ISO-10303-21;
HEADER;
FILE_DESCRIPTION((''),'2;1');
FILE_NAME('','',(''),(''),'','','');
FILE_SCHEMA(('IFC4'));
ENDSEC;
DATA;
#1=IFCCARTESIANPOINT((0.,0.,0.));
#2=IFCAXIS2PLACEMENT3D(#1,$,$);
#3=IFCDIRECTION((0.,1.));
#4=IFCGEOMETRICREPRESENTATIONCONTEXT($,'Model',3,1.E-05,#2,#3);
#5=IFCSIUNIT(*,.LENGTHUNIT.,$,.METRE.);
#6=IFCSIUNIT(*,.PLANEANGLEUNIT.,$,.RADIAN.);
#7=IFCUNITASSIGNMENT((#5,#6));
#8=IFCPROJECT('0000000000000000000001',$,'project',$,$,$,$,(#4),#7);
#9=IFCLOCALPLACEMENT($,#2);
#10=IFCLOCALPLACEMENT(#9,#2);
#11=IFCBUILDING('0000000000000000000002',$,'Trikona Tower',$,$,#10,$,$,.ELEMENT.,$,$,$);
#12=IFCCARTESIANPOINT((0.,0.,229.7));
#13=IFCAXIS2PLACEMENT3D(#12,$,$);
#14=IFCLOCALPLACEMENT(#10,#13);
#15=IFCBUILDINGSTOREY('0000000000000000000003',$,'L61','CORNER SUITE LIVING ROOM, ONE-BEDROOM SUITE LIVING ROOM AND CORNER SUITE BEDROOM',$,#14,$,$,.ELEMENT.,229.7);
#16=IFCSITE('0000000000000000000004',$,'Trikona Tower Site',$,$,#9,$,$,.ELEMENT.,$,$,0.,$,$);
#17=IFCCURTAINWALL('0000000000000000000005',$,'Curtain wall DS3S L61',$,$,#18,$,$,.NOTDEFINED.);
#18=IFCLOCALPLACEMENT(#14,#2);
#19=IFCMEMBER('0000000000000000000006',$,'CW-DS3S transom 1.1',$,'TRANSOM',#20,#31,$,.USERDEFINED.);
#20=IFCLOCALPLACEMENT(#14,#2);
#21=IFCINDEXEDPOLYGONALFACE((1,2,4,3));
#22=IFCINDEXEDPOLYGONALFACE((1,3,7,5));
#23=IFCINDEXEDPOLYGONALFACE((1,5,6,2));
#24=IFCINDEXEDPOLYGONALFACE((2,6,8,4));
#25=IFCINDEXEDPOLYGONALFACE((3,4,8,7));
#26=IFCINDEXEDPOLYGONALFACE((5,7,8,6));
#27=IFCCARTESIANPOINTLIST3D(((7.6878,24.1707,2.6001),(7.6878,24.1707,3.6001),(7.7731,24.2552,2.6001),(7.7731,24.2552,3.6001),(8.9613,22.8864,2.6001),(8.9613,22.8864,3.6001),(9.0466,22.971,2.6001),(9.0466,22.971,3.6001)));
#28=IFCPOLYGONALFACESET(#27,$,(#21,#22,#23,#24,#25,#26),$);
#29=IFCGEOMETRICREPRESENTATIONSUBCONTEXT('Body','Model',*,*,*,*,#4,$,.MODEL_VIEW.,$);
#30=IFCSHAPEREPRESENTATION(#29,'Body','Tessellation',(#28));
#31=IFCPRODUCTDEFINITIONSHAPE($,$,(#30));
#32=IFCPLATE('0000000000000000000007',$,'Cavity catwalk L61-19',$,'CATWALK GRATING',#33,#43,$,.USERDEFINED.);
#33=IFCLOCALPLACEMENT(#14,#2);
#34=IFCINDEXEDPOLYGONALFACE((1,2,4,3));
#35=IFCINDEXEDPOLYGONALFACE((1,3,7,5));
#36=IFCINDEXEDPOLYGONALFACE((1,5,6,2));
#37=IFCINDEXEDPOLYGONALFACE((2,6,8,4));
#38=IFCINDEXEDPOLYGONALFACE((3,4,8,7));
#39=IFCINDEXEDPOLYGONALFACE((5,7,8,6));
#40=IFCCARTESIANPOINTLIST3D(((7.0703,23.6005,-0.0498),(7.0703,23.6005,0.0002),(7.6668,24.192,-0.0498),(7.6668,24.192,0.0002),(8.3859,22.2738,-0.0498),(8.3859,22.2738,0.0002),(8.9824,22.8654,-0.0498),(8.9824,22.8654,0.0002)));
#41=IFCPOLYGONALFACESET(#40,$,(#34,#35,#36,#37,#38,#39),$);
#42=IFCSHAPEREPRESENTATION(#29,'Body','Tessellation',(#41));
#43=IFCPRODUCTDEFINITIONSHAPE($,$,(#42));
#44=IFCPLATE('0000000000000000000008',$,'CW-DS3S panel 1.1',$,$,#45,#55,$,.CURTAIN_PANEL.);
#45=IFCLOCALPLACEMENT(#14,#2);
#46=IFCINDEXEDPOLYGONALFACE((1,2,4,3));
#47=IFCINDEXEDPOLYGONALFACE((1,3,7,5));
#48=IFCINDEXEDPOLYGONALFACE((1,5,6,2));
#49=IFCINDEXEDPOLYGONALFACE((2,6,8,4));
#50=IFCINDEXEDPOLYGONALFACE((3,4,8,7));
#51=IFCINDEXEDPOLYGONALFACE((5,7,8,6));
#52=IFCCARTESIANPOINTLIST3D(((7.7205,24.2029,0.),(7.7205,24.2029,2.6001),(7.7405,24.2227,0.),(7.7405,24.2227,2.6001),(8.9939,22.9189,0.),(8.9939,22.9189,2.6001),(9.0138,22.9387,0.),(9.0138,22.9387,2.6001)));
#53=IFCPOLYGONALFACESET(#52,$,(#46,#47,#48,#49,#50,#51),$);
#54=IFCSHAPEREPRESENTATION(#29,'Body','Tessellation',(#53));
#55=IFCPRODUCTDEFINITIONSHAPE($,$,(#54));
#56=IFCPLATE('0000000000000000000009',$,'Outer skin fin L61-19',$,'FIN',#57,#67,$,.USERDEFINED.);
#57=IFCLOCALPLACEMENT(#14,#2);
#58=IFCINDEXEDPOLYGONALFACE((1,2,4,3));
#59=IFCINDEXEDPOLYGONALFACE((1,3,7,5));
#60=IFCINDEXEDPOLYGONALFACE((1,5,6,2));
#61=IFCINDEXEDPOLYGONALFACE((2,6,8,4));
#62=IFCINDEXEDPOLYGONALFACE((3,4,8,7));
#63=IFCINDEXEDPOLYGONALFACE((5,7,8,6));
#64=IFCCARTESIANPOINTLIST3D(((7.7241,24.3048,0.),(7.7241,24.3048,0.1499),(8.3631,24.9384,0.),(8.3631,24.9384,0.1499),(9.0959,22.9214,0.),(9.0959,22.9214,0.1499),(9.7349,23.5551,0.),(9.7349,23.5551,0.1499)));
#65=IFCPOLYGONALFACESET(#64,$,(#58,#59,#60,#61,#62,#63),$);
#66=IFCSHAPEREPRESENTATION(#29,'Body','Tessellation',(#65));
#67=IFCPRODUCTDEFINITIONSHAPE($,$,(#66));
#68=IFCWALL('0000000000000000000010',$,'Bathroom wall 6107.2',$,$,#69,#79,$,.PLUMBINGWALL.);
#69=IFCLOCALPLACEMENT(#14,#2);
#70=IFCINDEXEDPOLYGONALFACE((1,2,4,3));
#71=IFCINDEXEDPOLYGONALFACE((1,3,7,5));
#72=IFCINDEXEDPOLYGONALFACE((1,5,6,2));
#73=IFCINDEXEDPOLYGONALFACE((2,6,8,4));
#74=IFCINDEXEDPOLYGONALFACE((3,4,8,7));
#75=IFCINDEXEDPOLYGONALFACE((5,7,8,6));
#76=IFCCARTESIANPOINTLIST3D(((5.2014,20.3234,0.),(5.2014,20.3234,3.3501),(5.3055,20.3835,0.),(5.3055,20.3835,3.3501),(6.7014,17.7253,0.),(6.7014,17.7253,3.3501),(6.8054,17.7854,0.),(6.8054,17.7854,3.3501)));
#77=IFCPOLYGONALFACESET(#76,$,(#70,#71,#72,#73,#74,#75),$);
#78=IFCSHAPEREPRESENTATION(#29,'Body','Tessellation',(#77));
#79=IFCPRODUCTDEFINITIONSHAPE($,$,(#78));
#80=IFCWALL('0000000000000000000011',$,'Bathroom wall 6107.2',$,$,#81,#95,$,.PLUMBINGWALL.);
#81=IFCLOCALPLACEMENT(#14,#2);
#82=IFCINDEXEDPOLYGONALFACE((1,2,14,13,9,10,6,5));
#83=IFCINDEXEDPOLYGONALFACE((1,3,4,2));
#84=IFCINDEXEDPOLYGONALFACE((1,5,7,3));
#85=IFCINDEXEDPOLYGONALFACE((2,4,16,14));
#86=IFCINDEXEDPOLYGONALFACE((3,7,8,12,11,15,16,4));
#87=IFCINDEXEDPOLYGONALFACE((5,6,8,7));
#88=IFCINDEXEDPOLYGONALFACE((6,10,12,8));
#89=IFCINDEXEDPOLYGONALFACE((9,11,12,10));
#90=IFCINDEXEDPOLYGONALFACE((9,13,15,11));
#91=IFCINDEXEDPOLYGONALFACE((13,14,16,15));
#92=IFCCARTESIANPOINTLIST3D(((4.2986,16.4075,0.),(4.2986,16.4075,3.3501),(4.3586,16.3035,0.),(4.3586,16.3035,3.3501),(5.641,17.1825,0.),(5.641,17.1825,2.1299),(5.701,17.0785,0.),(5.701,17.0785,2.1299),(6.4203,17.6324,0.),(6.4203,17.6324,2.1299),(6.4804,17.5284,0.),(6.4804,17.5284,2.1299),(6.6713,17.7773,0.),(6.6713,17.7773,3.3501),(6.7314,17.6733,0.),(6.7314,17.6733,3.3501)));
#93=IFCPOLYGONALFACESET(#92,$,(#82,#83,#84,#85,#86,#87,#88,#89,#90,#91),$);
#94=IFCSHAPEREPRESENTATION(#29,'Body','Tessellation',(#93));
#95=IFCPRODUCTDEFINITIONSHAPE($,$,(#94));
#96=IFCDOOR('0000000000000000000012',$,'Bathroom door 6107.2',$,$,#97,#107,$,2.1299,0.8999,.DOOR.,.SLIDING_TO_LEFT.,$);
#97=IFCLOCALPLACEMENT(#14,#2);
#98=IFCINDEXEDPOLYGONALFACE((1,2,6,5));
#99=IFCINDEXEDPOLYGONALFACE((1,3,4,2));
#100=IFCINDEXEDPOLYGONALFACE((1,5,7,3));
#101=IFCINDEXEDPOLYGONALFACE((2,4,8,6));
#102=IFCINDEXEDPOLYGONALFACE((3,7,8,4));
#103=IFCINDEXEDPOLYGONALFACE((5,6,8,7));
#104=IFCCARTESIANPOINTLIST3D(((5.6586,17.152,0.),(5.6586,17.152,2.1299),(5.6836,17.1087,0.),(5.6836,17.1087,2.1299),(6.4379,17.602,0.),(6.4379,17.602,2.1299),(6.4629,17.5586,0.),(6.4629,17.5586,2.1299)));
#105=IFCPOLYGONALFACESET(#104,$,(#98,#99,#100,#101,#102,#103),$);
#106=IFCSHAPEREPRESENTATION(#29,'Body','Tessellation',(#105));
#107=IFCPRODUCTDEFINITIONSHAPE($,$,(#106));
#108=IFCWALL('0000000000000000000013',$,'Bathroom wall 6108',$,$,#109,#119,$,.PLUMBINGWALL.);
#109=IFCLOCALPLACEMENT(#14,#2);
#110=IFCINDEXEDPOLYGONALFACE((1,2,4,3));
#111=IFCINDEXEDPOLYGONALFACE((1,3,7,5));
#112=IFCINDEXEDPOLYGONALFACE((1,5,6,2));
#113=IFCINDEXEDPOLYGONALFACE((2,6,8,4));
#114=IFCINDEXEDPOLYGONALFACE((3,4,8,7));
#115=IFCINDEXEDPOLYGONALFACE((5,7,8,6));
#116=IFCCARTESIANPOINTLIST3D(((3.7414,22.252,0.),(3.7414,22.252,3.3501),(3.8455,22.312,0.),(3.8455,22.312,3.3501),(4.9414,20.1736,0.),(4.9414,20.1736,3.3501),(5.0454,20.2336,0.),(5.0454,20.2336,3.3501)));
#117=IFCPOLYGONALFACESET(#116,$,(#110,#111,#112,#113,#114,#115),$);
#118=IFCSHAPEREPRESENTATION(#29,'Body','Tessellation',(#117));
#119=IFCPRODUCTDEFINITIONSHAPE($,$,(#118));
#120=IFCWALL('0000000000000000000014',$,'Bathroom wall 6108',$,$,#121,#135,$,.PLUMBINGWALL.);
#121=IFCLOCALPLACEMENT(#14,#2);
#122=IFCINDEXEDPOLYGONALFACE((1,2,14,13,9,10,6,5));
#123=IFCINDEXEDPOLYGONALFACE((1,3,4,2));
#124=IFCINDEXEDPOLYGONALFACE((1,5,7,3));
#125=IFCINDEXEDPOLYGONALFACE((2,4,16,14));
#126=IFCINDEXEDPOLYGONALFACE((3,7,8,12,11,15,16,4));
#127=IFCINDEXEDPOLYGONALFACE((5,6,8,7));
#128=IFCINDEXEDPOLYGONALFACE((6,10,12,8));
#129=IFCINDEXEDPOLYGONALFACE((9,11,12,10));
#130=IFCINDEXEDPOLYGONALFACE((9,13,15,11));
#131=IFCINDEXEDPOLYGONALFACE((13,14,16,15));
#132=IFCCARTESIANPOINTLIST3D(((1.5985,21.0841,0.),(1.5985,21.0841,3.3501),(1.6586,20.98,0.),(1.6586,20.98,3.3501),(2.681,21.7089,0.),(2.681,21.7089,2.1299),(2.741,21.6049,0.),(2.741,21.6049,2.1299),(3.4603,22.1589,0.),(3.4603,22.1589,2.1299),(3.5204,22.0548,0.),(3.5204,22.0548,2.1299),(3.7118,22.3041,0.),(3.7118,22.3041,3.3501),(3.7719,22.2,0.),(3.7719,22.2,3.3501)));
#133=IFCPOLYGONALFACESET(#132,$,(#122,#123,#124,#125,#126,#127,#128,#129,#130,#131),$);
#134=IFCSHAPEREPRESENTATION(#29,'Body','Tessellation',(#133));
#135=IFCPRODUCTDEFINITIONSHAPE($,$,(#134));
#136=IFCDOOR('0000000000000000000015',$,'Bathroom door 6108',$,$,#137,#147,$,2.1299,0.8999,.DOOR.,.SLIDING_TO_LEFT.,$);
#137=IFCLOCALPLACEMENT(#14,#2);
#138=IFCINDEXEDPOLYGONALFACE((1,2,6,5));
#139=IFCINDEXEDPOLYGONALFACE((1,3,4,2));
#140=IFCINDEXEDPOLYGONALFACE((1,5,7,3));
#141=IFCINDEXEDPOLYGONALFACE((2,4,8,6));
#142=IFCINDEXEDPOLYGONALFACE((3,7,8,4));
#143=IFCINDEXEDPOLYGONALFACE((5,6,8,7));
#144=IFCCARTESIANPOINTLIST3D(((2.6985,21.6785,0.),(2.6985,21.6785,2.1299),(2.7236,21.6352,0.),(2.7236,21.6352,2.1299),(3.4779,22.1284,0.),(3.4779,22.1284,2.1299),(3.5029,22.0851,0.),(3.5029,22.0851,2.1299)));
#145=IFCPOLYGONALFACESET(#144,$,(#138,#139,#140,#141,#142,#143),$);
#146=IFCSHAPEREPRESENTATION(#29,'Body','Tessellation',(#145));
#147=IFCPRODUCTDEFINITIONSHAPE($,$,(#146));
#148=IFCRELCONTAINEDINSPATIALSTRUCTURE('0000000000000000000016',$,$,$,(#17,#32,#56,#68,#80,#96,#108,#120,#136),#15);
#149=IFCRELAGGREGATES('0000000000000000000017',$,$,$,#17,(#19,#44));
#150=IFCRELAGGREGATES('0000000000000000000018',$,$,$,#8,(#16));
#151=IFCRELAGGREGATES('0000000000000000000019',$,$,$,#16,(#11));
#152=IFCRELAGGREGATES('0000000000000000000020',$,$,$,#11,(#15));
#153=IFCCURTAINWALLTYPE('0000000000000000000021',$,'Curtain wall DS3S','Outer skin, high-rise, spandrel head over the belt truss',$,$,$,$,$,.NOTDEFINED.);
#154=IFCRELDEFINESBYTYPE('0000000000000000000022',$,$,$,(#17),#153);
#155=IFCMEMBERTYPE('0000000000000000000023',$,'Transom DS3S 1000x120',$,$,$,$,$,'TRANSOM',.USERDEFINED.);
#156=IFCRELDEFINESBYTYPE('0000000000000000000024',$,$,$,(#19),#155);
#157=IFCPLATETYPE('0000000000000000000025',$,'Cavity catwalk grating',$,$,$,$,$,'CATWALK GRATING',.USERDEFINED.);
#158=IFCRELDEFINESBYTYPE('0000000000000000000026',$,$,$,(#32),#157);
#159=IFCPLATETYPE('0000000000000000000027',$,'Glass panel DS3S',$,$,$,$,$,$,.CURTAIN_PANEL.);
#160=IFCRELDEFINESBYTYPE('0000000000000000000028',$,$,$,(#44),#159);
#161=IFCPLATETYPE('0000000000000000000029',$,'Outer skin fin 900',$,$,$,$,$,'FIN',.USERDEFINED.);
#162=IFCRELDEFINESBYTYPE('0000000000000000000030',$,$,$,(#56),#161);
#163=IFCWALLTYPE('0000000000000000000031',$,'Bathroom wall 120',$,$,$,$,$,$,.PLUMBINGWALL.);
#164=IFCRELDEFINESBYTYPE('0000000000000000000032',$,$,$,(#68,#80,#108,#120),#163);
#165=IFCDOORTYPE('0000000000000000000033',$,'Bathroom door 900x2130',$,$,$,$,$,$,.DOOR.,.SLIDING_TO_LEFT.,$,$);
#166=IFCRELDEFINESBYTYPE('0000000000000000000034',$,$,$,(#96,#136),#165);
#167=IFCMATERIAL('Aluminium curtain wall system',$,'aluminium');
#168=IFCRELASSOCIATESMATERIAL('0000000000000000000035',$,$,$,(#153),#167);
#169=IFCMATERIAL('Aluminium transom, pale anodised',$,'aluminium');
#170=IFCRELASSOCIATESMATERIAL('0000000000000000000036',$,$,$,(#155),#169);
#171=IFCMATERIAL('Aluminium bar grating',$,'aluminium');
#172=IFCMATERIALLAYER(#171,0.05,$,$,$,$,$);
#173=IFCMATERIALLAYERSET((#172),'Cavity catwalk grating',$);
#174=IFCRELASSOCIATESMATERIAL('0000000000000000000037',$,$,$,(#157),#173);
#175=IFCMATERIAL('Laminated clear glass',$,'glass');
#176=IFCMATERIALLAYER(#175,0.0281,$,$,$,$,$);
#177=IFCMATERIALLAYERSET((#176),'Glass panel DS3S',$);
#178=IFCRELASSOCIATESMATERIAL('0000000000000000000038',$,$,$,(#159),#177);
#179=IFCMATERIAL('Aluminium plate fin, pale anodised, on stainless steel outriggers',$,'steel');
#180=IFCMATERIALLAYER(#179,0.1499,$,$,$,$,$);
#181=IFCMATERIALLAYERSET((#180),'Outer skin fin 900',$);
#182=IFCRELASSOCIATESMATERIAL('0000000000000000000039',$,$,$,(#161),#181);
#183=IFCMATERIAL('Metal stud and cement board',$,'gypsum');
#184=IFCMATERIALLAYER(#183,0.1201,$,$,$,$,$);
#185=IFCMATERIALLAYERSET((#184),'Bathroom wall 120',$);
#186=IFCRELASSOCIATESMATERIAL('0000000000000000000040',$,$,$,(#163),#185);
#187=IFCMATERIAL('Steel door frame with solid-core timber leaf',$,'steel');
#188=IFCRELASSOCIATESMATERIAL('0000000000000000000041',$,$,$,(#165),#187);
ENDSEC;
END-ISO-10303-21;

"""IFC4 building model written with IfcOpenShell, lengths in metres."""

from ifc_helpers import new_model, si_unit, direction, frame, frame_2d, origin, origin_2d, place, context, subcontext, project, spatial, rectangle, extrude, material, layer, layer_set, material_profile, profile_set, type_object, element, fill, aggregate, save


model = new_model("IFC4")

# Units and contexts
model_context = context("Model", 3, precision=1e-05, world=origin(), true_north=direction((0.0, 1.0)))
body_context = subcontext(model_context, "Body", "Model", "MODEL_VIEW")
ifc_project = project(units=[si_unit("LENGTHUNIT", "METRE"), si_unit("PLANEANGLEUNIT", "RADIAN")], contexts=[model_context])

# Site, building, storey
site_placement = place(None, origin())
site = spatial("IfcSite", under=ifc_project, at=site_placement, Name="Trikona Tower Site", CompositionType="ELEMENT", RefElevation=0.0)
building_placement = place(site_placement, origin())
building = spatial("IfcBuilding", under=site, at=building_placement, Name="Trikona Tower", CompositionType="ELEMENT")
storey_placement = place(building_placement, frame((0.0, 0.0, 229.7)))
storey = spatial("IfcBuildingStorey", under=building, at=storey_placement, Name="L61", Description="CORNER SUITE LIVING ROOM, ONE-BEDROOM SUITE LIVING ROOM AND CORNER SUITE BEDROOM", CompositionType="ELEMENT", Elevation=229.7)

# Shared definitions
ifc_material_1 = material(Name="Aluminium curtain wall system", Category="aluminium")
curtain_wall_type = type_object("IfcCurtainWallType", Name="Curtain wall DS3S", Description="Outer skin, high-rise, spandrel head over the belt truss", PredefinedType="NOTDEFINED", material=ifc_material_1)

# Curtain wall
curtain_wall_1_placement = place(storey_placement, origin())
curtain_wall_1 = element("IfcCurtainWall", 1, at=curtain_wall_1_placement, inside=storey, type_object=curtain_wall_type, Name="Curtain wall DS3S L61", PredefinedType="NOTDEFINED")

# Member
ifc_material_2 = material(Name="Aluminium transom, pale anodised", Category="aluminium")
ifc_material_profile_1 = material_profile(ifc_material_2, rectangle(XDim=0.1201, YDim=1.0, at=origin_2d()), Name="TRN-DS3S")
ifc_profile_set_1 = profile_set([ifc_material_profile_1], Name="Aluminium transom, pale anodised")
member_type_1 = type_object("IfcMemberType", Name="Transom DS3S 1000x120", ElementType="TRANSOM", PredefinedType="USERDEFINED", material=ifc_profile_set_1)
member_1_placement = place(storey_placement, frame((9.0039, 22.9287, 3.1001), z_axis=(-0.704131, 0.71007, 0.0), x_axis=(-0.71007, -0.704131, 0.0)))
member_1 = element("IfcMember", 2, at=member_1_placement, type_object=member_type_1, Name="CW-DS3S transom 1.1", ObjectType="TRANSOM", PredefinedType="USERDEFINED", context=body_context, shape_type="SweptSolid", body=[
    extrude(rectangle(XDim=0.1201, YDim=1.0, at=origin_2d()), origin(), (0.0, 0.0, 1.0), 1.8086),
])

# Plates
ifc_material_3 = material(Name="Aluminium bar grating", Category="aluminium")
ifc_layer_1 = layer(ifc_material_3, 0.05)
ifc_layer_set_1 = layer_set([ifc_layer_1], Name="Cavity catwalk grating")
plate_type_1 = type_object("IfcPlateType", Name="Cavity catwalk grating", ElementType="CATWALK GRATING", PredefinedType="USERDEFINED", material=ifc_layer_set_1)
plate_1_placement = place(storey_placement, frame((8.0264, 23.2329, -0.0498), z_axis=(0.0, 0.0, 1.0), x_axis=(-0.704151, 0.71005, 0.0)))
element("IfcPlate", 3, at=plate_1_placement, inside=storey, type_object=plate_type_1, Name="Cavity catwalk L61-19", ObjectType="CATWALK GRATING", PredefinedType="USERDEFINED", context=body_context, shape_type="SweptSolid", body=[
    extrude(rectangle(XDim=1.8684, YDim=0.8401, at=origin_2d()), origin(), (0.0, 0.0, 1.0), 0.05),
])
ifc_material_4 = material(Name="Laminated clear glass", Category="glass")
ifc_layer_2 = layer(ifc_material_4, 0.0281)
ifc_layer_set_2 = layer_set([ifc_layer_2], Name="Glass panel DS3S")
plate_type_2 = type_object("IfcPlateType", Name="Glass panel DS3S", PredefinedType="CURTAIN_PANEL", material=ifc_layer_set_2)
plate_2_placement = place(storey_placement, frame((8.3672, 23.5708, 0.0), z_axis=(0.0, 0.0, 1.0), x_axis=(-0.704149, 0.710052, 0.0)))
plate_2 = element("IfcPlate", 4, at=plate_2_placement, type_object=plate_type_2, Name="CW-DS3S panel 1.1", PredefinedType="CURTAIN_PANEL", context=body_context, shape_type="SweptSolid", body=[
    extrude(rectangle(XDim=1.8083, YDim=0.0281, at=origin_2d()), origin(), (0.0, 0.0, 1.0), 2.6001),
])
aggregate(curtain_wall_1, [member_1, plate_2])
ifc_material_5 = material(Name="Aluminium plate fin, pale anodised, on stainless steel outriggers", Category="steel")
ifc_layer_3 = layer(ifc_material_5, 0.1499)
ifc_layer_set_3 = layer_set([ifc_layer_3], Name="Outer skin fin 900")
plate_type_3 = type_object("IfcPlateType", Name="Outer skin fin 900", ElementType="FIN", PredefinedType="USERDEFINED", material=ifc_layer_set_3)
plate_3_placement = place(storey_placement, frame((8.7295, 23.9299, 0.0), z_axis=(0.0, 0.0, 1.0), x_axis=(-0.704151, 0.71005, 0.0)))
element("IfcPlate", 5, at=plate_3_placement, inside=storey, type_object=plate_type_3, Name="Outer skin fin L61-19", ObjectType="FIN", PredefinedType="USERDEFINED", context=body_context, shape_type="SweptSolid", body=[
    extrude(rectangle(XDim=1.9482, YDim=0.8999, at=origin_2d()), origin(), (0.0, 0.0, 1.0), 0.1499),
])

# Wall
ifc_material_6 = material(Name="Metal stud and cement board", Category="gypsum")
ifc_layer_4 = layer(ifc_material_6, 0.1201)
ifc_layer_set_4 = layer_set([ifc_layer_4], Name="Bathroom wall 120")
wall_type_1 = type_object("IfcWallType", Name="Bathroom wall 120", PredefinedType="PLUMBINGWALL", material=ifc_layer_set_4)
wall_1_placement = place(storey_placement, frame((6.7534, 17.7554, 0.0), z_axis=(0.0, 0.0, 1.0), x_axis=(-0.49999, 0.866031, 0.0)))
element("IfcWall", 6, at=wall_1_placement, inside=storey, type_object=wall_type_1, Name="Bathroom wall 6107.2", PredefinedType="PLUMBINGWALL", context=body_context, shape_type="SweptSolid", body=[
    extrude(rectangle(XDim=3.0, YDim=0.1201, at=frame_2d((1.5, 0.0))), origin(), (0.0, 0.0, 1.0), 3.3501),
])

# Wall, opening, door
wall_2_placement = place(storey_placement, frame((4.3286, 16.3555, 0.0), z_axis=(0.0, 0.0, 1.0), x_axis=(0.866036, 0.499982, 0.0)))
wall_2 = element("IfcWall", 7, at=wall_2_placement, inside=storey, type_object=wall_type_1, Name="Bathroom wall 6107.2", PredefinedType="PLUMBINGWALL", context=body_context, shape_type="SweptSolid", body=[
    extrude(rectangle(XDim=2.7397, YDim=0.1201, at=frame_2d((1.3699, 0.0))), origin(), (0.0, 0.0, 1.0), 3.3501),
])
opening_1_placement = place(wall_2_placement, frame((1.55, 0.0, 0.0)))
opening_1 = element("IfcOpeningElement", 8, at=opening_1_placement, cuts=wall_2, PredefinedType="OPENING", context=body_context, shape_type="SweptSolid", body=[
    extrude(rectangle(XDim=0.8999, YDim=2.1299, at=frame_2d((0.45, 1.0649))), frame((0.0, 0.0701, 0.0), z_axis=(0.0, -1.0, 0.0), x_axis=(1.0, 0.0, 0.0)), (0.0, 0.0, 1.0), 0.1401),
])
ifc_material_7 = material(Name="Steel door frame with solid-core timber leaf", Category="steel")
door_type_1 = type_object("IfcDoorType", Name="Bathroom door 900x2130", OperationType="SLIDING_TO_LEFT", PredefinedType="DOOR", material=ifc_material_7)
door_1_placement = place(opening_1_placement, origin())
door_1 = element("IfcDoor", 9, at=door_1_placement, inside=storey, type_object=door_type_1, Name="Bathroom door 6107.2", OperationType="SLIDING_TO_LEFT", OverallHeight=2.1299, OverallWidth=0.8999, PredefinedType="DOOR", context=body_context, shape_type="SweptSolid", body=[
    extrude(rectangle(XDim=0.8999, YDim=2.1299, at=frame_2d((0.45, 1.0649))), frame((0.0, 0.0249, 0.0), z_axis=(0.0, -1.0, 0.0), x_axis=(1.0, 0.0, 0.0)), (0.0, 0.0, 1.0), 0.05),
])
fill(opening_1, door_1)

# Wall
wall_3_placement = place(storey_placement, frame((4.9934, 20.2036, 0.0), z_axis=(0.0, 0.0, 1.0), x_axis=(-0.500001, 0.866025, 0.0)))
element("IfcWall", 10, at=wall_3_placement, inside=storey, type_object=wall_type_1, Name="Bathroom wall 6108", PredefinedType="PLUMBINGWALL", context=body_context, shape_type="SweptSolid", body=[
    extrude(rectangle(XDim=2.3999, YDim=0.1201, at=frame_2d((1.2, 0.0))), origin(), (0.0, 0.0, 1.0), 3.3501),
])

# Wall, opening, door
wall_4_placement = place(storey_placement, frame((1.6284, 21.032, 0.0), z_axis=(0.0, 0.0, 1.0), x_axis=(0.866049, 0.499959, 0.0)))
wall_4 = element("IfcWall", 11, at=wall_4_placement, inside=storey, type_object=wall_type_1, Name="Bathroom wall 6108", PredefinedType="PLUMBINGWALL", context=body_context, shape_type="SweptSolid", body=[
    extrude(rectangle(XDim=2.4402, YDim=0.1201, at=frame_2d((1.2202, 0.0))), origin(), (0.0, 0.0, 1.0), 3.3501),
])
opening_2_placement = place(wall_4_placement, frame((1.25, 0.0, 0.0)))
opening_2 = element("IfcOpeningElement", 12, at=opening_2_placement, cuts=wall_4, PredefinedType="OPENING", context=body_context, shape_type="SweptSolid", body=[
    extrude(rectangle(XDim=0.8999, YDim=2.1299, at=frame_2d((0.45, 1.0649))), frame((0.0, 0.0701, 0.0), z_axis=(0.0, -1.0, 0.0), x_axis=(1.0, 0.0, 0.0)), (0.0, 0.0, 1.0), 0.1401),
])
door_2_placement = place(opening_2_placement, origin())
door_2 = element("IfcDoor", 13, at=door_2_placement, inside=storey, type_object=door_type_1, Name="Bathroom door 6108", OperationType="SLIDING_TO_LEFT", OverallHeight=2.1299, OverallWidth=0.8999, PredefinedType="DOOR", context=body_context, shape_type="SweptSolid", body=[
    extrude(rectangle(XDim=0.8999, YDim=2.1299, at=frame_2d((0.45, 1.0649))), frame((0.0, 0.0249, 0.0), z_axis=(0.0, -1.0, 0.0), x_axis=(1.0, 0.0, 0.0)), (0.0, 0.0, 1.0), 0.05),
])
fill(opening_2, door_2)

save(model, "model.ifc")
